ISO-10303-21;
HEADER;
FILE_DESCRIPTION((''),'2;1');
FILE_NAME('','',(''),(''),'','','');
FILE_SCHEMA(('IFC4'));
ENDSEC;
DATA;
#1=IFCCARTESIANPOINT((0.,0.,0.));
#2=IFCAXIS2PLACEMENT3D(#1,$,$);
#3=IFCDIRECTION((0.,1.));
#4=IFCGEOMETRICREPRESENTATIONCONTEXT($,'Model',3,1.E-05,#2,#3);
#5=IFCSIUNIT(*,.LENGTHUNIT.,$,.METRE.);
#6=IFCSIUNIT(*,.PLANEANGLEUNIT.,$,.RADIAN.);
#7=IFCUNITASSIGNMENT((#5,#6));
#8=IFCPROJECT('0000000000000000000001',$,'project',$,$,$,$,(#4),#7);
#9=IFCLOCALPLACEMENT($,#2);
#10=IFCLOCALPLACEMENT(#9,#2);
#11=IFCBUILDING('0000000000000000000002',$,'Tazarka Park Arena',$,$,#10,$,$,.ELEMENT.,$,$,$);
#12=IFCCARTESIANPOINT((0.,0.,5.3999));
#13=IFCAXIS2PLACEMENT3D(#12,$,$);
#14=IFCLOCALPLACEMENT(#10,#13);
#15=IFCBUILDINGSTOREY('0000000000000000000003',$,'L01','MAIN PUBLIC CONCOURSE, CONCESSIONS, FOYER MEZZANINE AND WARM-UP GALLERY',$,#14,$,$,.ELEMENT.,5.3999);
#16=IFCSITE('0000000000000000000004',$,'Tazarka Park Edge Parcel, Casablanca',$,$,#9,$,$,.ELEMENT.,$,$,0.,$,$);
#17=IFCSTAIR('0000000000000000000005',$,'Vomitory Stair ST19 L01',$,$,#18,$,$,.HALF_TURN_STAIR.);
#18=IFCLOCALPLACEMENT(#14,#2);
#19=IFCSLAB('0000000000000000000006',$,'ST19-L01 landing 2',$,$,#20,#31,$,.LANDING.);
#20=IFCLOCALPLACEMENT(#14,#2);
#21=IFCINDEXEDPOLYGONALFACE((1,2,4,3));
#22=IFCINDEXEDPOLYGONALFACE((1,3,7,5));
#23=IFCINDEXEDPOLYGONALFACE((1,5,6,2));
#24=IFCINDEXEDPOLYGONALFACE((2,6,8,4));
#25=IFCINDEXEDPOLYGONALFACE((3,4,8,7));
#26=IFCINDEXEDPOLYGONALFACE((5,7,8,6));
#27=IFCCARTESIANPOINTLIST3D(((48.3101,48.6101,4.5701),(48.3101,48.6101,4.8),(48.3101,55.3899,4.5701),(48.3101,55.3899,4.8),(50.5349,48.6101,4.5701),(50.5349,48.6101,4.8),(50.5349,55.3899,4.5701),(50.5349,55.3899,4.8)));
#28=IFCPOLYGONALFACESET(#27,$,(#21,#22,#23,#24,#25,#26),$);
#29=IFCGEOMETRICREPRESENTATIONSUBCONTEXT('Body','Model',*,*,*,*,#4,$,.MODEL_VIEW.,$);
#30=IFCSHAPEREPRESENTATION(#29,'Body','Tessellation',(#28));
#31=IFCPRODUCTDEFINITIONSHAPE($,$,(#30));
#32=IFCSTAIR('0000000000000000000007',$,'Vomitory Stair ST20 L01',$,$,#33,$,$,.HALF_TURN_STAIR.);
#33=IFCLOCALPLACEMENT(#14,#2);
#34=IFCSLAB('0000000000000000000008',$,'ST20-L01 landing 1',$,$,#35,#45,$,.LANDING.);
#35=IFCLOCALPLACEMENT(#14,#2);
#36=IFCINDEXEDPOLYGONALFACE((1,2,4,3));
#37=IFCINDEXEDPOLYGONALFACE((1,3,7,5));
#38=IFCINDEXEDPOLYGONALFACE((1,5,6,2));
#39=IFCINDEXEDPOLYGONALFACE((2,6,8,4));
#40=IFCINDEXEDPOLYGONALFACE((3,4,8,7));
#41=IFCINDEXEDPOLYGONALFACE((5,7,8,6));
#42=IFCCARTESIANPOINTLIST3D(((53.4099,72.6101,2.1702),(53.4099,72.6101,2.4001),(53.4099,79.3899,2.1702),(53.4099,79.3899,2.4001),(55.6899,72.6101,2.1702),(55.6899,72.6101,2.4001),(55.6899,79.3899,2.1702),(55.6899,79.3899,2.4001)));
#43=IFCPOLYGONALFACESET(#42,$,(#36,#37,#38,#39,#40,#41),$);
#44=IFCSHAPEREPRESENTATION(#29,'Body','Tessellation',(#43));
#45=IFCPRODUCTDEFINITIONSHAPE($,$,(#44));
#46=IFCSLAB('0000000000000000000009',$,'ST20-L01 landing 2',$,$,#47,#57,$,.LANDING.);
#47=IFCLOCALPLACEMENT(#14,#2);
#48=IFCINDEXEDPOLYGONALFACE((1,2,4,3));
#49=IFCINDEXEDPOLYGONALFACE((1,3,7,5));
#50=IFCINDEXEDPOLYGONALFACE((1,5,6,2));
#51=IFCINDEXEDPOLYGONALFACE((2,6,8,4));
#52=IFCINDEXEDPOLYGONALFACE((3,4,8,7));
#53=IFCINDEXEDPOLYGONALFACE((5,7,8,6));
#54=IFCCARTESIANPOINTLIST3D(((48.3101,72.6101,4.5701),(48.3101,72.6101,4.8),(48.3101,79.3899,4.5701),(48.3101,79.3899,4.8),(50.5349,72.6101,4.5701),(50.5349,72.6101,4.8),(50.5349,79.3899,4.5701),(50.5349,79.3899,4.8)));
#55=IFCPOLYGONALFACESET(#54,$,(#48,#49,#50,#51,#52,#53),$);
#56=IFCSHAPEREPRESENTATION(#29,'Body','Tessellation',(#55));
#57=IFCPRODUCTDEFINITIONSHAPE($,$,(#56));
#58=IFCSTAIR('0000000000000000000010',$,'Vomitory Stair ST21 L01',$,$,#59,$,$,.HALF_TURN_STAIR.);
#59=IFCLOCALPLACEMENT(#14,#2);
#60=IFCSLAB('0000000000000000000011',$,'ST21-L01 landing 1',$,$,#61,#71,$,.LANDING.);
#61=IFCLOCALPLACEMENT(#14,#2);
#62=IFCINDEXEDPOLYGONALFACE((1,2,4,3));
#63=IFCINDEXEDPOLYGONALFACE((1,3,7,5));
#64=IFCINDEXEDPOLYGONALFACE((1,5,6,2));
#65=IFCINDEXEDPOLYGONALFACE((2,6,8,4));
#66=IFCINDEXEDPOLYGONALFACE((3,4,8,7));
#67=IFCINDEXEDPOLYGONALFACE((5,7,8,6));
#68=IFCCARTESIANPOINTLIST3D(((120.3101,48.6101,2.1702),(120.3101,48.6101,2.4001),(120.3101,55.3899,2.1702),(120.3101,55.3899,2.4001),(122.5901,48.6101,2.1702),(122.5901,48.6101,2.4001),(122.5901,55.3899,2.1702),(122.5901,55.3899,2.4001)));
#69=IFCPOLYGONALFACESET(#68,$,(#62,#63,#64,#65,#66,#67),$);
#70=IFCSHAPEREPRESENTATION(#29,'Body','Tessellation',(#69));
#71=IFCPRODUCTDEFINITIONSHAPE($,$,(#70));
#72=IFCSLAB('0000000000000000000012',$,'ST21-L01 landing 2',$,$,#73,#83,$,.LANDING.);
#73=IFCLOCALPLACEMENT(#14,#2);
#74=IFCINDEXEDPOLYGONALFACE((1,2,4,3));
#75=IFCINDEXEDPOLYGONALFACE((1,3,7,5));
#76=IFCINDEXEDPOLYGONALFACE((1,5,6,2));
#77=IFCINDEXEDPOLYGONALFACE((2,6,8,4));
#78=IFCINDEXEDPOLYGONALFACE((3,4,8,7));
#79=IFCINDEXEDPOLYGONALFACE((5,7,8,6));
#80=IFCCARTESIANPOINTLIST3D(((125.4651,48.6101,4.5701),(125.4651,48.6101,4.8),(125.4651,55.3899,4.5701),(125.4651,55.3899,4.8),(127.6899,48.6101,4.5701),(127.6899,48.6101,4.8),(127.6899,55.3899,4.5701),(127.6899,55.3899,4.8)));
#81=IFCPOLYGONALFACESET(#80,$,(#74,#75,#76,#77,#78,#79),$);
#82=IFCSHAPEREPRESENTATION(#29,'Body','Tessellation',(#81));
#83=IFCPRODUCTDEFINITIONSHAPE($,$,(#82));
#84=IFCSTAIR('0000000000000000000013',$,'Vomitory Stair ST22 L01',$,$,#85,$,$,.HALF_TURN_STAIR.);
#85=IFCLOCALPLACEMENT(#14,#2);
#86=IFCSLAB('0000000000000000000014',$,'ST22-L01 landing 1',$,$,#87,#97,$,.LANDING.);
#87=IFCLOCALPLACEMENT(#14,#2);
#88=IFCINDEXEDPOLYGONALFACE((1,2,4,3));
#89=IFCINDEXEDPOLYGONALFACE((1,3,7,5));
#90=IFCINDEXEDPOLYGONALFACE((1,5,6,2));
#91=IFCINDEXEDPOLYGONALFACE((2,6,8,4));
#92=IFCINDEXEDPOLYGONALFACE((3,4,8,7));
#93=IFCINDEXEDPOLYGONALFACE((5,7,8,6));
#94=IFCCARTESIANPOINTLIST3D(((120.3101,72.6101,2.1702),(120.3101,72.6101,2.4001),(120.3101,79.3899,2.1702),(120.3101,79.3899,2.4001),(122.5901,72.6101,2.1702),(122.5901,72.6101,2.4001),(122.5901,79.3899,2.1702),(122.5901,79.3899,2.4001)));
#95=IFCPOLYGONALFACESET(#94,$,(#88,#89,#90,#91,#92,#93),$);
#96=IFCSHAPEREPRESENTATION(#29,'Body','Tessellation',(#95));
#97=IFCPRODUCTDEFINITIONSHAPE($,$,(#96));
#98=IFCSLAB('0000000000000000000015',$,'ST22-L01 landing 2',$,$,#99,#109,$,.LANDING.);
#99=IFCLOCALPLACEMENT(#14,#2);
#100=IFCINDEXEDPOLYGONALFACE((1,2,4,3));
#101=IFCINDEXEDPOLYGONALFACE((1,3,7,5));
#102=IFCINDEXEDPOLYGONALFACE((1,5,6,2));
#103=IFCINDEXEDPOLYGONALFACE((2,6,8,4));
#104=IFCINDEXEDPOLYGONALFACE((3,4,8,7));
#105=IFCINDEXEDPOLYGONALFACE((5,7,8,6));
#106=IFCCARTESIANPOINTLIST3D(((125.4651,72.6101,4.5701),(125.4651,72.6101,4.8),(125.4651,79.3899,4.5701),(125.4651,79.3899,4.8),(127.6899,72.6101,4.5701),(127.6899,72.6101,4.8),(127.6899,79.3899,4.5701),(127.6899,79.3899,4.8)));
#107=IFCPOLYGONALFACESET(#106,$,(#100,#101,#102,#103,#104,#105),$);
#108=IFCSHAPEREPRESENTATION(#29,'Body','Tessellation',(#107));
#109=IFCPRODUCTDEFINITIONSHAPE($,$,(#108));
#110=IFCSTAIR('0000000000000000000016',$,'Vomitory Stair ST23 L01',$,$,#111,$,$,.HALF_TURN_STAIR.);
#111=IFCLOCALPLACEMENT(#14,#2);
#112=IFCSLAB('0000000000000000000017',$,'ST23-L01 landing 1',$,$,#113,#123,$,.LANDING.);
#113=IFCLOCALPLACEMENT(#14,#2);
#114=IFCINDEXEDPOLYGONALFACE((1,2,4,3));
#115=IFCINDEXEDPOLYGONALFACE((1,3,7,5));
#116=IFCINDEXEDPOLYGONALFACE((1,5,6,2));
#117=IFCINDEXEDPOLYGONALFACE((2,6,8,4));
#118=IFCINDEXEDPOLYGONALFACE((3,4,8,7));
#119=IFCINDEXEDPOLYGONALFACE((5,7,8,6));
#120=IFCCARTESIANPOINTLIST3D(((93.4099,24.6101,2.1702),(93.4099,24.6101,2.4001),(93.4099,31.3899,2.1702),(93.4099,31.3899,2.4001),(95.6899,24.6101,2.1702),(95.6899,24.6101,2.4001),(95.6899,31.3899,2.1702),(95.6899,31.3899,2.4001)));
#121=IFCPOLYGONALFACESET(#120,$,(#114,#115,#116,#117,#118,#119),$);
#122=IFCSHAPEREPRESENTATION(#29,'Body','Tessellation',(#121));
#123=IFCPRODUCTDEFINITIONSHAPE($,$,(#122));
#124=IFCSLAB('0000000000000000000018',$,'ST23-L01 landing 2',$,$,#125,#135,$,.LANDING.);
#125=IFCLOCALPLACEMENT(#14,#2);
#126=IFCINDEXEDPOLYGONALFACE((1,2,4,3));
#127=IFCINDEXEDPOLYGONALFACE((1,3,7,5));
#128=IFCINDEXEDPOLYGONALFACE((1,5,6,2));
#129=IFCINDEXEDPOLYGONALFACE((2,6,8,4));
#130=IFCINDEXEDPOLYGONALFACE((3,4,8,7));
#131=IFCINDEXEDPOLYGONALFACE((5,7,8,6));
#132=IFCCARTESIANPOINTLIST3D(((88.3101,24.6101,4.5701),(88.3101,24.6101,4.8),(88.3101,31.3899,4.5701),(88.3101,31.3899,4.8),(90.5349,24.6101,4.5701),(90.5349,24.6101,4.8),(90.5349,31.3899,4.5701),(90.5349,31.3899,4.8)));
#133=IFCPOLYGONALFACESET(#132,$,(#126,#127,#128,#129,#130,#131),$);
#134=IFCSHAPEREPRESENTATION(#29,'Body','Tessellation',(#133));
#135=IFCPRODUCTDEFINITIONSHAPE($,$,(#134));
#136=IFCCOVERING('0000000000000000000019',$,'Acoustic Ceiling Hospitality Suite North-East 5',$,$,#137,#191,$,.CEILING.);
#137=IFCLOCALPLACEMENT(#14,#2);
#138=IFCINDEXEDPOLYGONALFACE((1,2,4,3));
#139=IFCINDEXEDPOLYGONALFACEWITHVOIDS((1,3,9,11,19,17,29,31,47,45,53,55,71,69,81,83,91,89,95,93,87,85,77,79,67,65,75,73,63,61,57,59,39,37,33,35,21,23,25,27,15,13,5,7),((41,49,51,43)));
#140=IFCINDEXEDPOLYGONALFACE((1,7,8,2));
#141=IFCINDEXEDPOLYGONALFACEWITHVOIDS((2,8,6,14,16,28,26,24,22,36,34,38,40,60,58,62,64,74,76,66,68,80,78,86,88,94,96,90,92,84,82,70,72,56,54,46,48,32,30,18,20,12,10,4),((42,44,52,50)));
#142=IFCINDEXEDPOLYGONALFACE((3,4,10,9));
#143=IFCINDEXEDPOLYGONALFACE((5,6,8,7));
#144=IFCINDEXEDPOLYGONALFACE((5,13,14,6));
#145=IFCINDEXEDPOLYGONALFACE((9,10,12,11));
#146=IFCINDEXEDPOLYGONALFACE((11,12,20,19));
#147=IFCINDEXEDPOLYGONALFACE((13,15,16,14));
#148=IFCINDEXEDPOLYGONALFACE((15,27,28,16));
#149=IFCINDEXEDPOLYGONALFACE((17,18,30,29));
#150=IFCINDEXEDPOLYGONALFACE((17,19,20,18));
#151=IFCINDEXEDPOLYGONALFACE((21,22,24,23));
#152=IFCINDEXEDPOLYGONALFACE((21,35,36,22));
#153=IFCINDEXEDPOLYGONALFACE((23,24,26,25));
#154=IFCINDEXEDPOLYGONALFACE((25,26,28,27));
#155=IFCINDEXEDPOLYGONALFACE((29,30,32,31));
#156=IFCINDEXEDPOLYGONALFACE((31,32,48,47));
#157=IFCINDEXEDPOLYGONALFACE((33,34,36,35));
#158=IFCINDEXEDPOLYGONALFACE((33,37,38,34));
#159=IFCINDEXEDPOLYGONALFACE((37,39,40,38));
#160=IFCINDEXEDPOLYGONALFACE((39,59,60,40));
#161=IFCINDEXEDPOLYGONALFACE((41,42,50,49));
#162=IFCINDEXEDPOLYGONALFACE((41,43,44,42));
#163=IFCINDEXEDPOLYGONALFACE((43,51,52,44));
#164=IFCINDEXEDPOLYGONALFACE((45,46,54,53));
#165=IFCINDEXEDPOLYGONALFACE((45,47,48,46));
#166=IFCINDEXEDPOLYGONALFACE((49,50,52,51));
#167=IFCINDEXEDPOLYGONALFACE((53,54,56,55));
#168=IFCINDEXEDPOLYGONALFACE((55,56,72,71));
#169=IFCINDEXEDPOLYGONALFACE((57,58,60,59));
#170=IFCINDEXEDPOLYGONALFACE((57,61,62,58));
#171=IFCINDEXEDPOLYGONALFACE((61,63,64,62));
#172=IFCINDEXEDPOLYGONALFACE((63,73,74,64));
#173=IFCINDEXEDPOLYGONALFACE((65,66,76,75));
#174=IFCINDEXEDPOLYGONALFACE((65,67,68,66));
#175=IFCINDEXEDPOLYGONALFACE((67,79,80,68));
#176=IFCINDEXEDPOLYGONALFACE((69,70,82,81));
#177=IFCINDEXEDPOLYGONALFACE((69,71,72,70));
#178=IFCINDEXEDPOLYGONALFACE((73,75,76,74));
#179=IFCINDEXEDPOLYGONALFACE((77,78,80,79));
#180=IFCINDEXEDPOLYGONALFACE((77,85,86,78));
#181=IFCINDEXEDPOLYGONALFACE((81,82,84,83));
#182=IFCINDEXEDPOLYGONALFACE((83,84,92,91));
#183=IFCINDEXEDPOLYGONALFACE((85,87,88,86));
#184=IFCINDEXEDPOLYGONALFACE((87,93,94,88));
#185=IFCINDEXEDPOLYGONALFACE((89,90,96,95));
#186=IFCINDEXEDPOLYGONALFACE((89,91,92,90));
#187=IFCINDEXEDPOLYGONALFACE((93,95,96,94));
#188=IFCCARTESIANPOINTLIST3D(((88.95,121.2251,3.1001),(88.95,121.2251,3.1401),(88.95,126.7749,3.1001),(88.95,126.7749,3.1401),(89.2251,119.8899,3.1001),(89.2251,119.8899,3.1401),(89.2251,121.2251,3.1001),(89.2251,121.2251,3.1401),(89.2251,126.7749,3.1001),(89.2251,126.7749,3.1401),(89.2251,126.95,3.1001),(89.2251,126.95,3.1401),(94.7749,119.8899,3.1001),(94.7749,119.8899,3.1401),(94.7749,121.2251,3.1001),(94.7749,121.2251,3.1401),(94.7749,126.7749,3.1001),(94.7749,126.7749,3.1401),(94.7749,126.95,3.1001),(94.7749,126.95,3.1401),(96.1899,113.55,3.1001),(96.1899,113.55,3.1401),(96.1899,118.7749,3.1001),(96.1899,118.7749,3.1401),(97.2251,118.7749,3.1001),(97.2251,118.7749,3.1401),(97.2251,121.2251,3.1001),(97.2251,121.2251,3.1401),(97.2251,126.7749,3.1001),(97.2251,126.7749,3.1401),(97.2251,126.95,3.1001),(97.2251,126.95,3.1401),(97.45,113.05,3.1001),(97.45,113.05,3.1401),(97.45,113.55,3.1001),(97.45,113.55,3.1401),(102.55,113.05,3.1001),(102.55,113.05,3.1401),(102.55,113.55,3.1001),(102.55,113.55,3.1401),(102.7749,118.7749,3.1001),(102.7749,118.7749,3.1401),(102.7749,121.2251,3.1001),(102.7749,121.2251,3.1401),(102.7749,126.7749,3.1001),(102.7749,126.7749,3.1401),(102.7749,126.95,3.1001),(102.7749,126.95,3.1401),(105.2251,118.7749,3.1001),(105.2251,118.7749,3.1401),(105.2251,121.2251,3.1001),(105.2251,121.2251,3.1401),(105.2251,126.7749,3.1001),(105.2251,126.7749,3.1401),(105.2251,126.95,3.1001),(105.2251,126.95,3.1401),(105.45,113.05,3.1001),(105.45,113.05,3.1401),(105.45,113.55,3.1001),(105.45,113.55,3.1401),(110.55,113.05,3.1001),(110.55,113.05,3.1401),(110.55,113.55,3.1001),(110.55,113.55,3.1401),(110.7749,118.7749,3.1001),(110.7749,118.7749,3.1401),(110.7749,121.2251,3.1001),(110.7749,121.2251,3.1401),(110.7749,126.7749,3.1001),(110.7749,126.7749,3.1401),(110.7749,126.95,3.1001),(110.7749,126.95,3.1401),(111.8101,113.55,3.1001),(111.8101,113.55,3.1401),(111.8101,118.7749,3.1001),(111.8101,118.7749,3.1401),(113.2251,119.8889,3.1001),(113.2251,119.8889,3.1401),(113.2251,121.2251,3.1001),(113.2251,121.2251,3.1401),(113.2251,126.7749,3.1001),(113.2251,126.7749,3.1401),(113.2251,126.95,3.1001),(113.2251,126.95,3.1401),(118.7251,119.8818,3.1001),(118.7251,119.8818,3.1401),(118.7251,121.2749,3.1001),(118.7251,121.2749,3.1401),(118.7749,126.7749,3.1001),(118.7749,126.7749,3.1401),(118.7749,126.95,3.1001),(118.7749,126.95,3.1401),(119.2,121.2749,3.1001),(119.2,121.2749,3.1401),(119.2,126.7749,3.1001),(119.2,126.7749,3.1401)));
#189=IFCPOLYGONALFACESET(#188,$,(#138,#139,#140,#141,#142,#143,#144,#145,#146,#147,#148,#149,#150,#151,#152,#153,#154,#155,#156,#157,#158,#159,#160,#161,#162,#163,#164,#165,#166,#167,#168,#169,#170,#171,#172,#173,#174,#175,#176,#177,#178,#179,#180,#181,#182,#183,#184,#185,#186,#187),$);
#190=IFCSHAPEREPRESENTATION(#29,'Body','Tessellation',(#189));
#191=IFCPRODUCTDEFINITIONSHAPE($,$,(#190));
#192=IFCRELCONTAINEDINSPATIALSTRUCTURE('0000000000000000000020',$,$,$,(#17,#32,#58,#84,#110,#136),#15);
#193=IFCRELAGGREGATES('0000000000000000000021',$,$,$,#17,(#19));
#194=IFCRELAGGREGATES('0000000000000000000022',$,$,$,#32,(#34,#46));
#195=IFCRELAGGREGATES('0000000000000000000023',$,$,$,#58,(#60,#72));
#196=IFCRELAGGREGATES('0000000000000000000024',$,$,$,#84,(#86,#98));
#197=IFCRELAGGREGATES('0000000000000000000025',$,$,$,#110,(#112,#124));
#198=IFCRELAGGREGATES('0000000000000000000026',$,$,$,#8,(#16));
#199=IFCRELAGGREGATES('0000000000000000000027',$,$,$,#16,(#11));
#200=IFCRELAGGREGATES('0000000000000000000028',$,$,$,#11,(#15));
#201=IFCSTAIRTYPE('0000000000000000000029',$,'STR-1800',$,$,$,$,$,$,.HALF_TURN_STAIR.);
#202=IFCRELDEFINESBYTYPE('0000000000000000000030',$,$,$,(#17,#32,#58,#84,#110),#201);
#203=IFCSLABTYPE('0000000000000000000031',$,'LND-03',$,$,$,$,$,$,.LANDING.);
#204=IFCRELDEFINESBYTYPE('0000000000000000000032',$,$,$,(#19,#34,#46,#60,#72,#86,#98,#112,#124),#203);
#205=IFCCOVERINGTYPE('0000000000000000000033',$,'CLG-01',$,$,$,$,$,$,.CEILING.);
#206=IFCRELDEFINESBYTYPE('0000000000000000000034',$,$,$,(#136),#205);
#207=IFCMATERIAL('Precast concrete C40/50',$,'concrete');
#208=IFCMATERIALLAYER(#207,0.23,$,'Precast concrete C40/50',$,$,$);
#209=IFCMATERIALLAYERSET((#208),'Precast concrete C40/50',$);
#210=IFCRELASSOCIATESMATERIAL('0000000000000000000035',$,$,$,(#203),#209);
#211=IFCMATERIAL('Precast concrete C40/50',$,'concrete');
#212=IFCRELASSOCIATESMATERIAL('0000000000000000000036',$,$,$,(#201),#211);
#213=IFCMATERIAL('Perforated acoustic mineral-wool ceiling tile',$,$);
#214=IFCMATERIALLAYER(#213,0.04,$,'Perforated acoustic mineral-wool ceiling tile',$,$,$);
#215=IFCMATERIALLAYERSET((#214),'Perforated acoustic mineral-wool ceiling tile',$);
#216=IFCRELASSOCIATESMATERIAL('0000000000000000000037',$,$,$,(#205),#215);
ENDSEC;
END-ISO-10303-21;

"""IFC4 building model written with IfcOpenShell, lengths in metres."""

from ifc_helpers import new_model, si_unit, direction, frame, origin, place, context, subcontext, project, spatial, polyline, outline, extrude, material, layer, layer_set, type_object, element, aggregate, save


model = new_model("IFC4")

# Units and contexts
model_context = context("Model", 3, precision=1e-05, world=origin(), true_north=direction((0.0, 1.0)))
body_context = subcontext(model_context, "Body", "Model", "MODEL_VIEW")
ifc_project = project(units=[si_unit("LENGTHUNIT", "METRE"), si_unit("PLANEANGLEUNIT", "RADIAN")], contexts=[model_context])

# Site, building, storey
site_placement = place(None, origin())
site = spatial("IfcSite", under=ifc_project, at=site_placement, Name="Tazarka Park Edge Parcel, Casablanca", CompositionType="ELEMENT", RefElevation=0.0)
building_placement = place(site_placement, origin())
building = spatial("IfcBuilding", under=site, at=building_placement, Name="Tazarka Park Arena", CompositionType="ELEMENT")
storey_placement = place(building_placement, frame((0.0, 0.0, 5.3999)))
storey = spatial("IfcBuildingStorey", under=building, at=storey_placement, Name="L01", Description="MAIN PUBLIC CONCOURSE, CONCESSIONS, FOYER MEZZANINE AND WARM-UP GALLERY", CompositionType="ELEMENT", Elevation=5.3999)

# Shared definitions
ifc_material_1 = material(Name="Precast concrete C40/50", Category="concrete")
ifc_layer_1 = layer(ifc_material_1, 0.23, Name="Precast concrete C40/50")
ifc_layer_set_1 = layer_set([ifc_layer_1], Name="Precast concrete C40/50")
slab_type = type_object("IfcSlabType", Name="LND-03", PredefinedType="LANDING", material=ifc_layer_set_1)

# Stairs, slabs
ifc_material_2 = material(Name="Precast concrete C40/50", Category="concrete")
stair_type_1 = type_object("IfcStairType", Name="STR-1800", PredefinedType="HALF_TURN_STAIR", material=ifc_material_2)
stair_1_placement = place(storey_placement, origin())
stair_1 = element("IfcStair", 1, at=stair_1_placement, inside=storey, type_object=stair_type_1, Name="Vomitory Stair ST19 L01", PredefinedType="HALF_TURN_STAIR")
slab_1_placement = place(storey_placement, frame((0.0, 0.0, 4.5701)))
slab_1 = element("IfcSlab", 2, at=slab_1_placement, type_object=slab_type, Name="ST19-L01 landing 2", PredefinedType="LANDING", context=body_context, shape_type="SweptSolid", body=[
    extrude(outline(polyline([(48.3101, 48.6101), (50.5349, 48.6101), (50.5349, 55.3899), (48.3101, 55.3899), (48.3101, 48.6101)])), origin(), (0.0, 0.0, 1.0), 0.23),
])
aggregate(stair_1, [slab_1])
stair_2_placement = place(storey_placement, origin())
stair_2 = element("IfcStair", 3, at=stair_2_placement, inside=storey, type_object=stair_type_1, Name="Vomitory Stair ST20 L01", PredefinedType="HALF_TURN_STAIR")
slab_2_placement = place(storey_placement, frame((0.0, 0.0, 2.1702)))
slab_2 = element("IfcSlab", 4, at=slab_2_placement, type_object=slab_type, Name="ST20-L01 landing 1", PredefinedType="LANDING", context=body_context, shape_type="SweptSolid", body=[
    extrude(outline(polyline([(53.4099, 72.6101), (55.6899, 72.6101), (55.6899, 79.3899), (53.4099, 79.3899), (53.4099, 72.6101)])), origin(), (0.0, 0.0, 1.0), 0.23),
])
slab_3_placement = place(storey_placement, frame((0.0, 0.0, 4.5701)))
slab_3 = element("IfcSlab", 5, at=slab_3_placement, type_object=slab_type, Name="ST20-L01 landing 2", PredefinedType="LANDING", context=body_context, shape_type="SweptSolid", body=[
    extrude(outline(polyline([(48.3101, 72.6101), (50.5349, 72.6101), (50.5349, 79.3899), (48.3101, 79.3899), (48.3101, 72.6101)])), origin(), (0.0, 0.0, 1.0), 0.23),
])
aggregate(stair_2, [slab_2, slab_3])
stair_3_placement = place(storey_placement, origin())
stair_3 = element("IfcStair", 6, at=stair_3_placement, inside=storey, type_object=stair_type_1, Name="Vomitory Stair ST21 L01", PredefinedType="HALF_TURN_STAIR")
slab_4_placement = place(storey_placement, frame((0.0, 0.0, 2.1702)))
slab_4 = element("IfcSlab", 7, at=slab_4_placement, type_object=slab_type, Name="ST21-L01 landing 1", PredefinedType="LANDING", context=body_context, shape_type="SweptSolid", body=[
    extrude(outline(polyline([(120.3101, 48.6101), (122.5901, 48.6101), (122.5901, 55.3899), (120.3101, 55.3899), (120.3101, 48.6101)])), origin(), (0.0, 0.0, 1.0), 0.23),
])
slab_5_placement = place(storey_placement, frame((0.0, 0.0, 4.5701)))
slab_5 = element("IfcSlab", 8, at=slab_5_placement, type_object=slab_type, Name="ST21-L01 landing 2", PredefinedType="LANDING", context=body_context, shape_type="SweptSolid", body=[
    extrude(outline(polyline([(125.4651, 48.6101), (127.6899, 48.6101), (127.6899, 55.3899), (125.4651, 55.3899), (125.4651, 48.6101)])), origin(), (0.0, 0.0, 1.0), 0.23),
])
aggregate(stair_3, [slab_4, slab_5])
stair_4_placement = place(storey_placement, origin())
stair_4 = element("IfcStair", 9, at=stair_4_placement, inside=storey, type_object=stair_type_1, Name="Vomitory Stair ST22 L01", PredefinedType="HALF_TURN_STAIR")
slab_6_placement = place(storey_placement, frame((0.0, 0.0, 2.1702)))
slab_6 = element("IfcSlab", 10, at=slab_6_placement, type_object=slab_type, Name="ST22-L01 landing 1", PredefinedType="LANDING", context=body_context, shape_type="SweptSolid", body=[
    extrude(outline(polyline([(120.3101, 72.6101), (122.5901, 72.6101), (122.5901, 79.3899), (120.3101, 79.3899), (120.3101, 72.6101)])), origin(), (0.0, 0.0, 1.0), 0.23),
])
slab_7_placement = place(storey_placement, frame((0.0, 0.0, 4.5701)))
slab_7 = element("IfcSlab", 11, at=slab_7_placement, type_object=slab_type, Name="ST22-L01 landing 2", PredefinedType="LANDING", context=body_context, shape_type="SweptSolid", body=[
    extrude(outline(polyline([(125.4651, 72.6101), (127.6899, 72.6101), (127.6899, 79.3899), (125.4651, 79.3899), (125.4651, 72.6101)])), origin(), (0.0, 0.0, 1.0), 0.23),
])
aggregate(stair_4, [slab_6, slab_7])
stair_5_placement = place(storey_placement, origin())
stair_5 = element("IfcStair", 12, at=stair_5_placement, inside=storey, type_object=stair_type_1, Name="Vomitory Stair ST23 L01", PredefinedType="HALF_TURN_STAIR")
slab_8_placement = place(storey_placement, frame((0.0, 0.0, 2.1702)))
slab_8 = element("IfcSlab", 13, at=slab_8_placement, type_object=slab_type, Name="ST23-L01 landing 1", PredefinedType="LANDING", context=body_context, shape_type="SweptSolid", body=[
    extrude(outline(polyline([(93.4099, 24.6101), (95.6899, 24.6101), (95.6899, 31.3899), (93.4099, 31.3899), (93.4099, 24.6101)])), origin(), (0.0, 0.0, 1.0), 0.23),
])
slab_9_placement = place(storey_placement, frame((0.0, 0.0, 4.5701)))
slab_9 = element("IfcSlab", 14, at=slab_9_placement, type_object=slab_type, Name="ST23-L01 landing 2", PredefinedType="LANDING", context=body_context, shape_type="SweptSolid", body=[
    extrude(outline(polyline([(88.3101, 24.6101), (90.5349, 24.6101), (90.5349, 31.3899), (88.3101, 31.3899), (88.3101, 24.6101)])), origin(), (0.0, 0.0, 1.0), 0.23),
])
aggregate(stair_5, [slab_8, slab_9])

# Covering
ifc_material_3 = material(Name="Perforated acoustic mineral-wool ceiling tile")
ifc_layer_2 = layer(ifc_material_3, 0.04, Name="Perforated acoustic mineral-wool ceiling tile")
ifc_layer_set_2 = layer_set([ifc_layer_2], Name="Perforated acoustic mineral-wool ceiling tile")
covering_type_1 = type_object("IfcCoveringType", Name="CLG-01", PredefinedType="CEILING", material=ifc_layer_set_2)
covering_1_placement = place(storey_placement, frame((0.0, 0.0, 3.1001)))
element("IfcCovering", 15, at=covering_1_placement, inside=storey, type_object=covering_type_1, Name="Acoustic Ceiling Hospitality Suite North-East 5", PredefinedType="CEILING", context=body_context, shape_type="SweptSolid", body=[
    extrude(outline(polyline([(94.7749, 126.95), (94.7749, 126.7749), (97.2251, 126.7749), (97.2251, 126.95), (102.7749, 126.95), (102.7749, 126.7749), (105.2251, 126.7749), (105.2251, 126.95), (110.7749, 126.95), (110.7749, 126.7749), (113.2251, 126.7749), (113.2251, 126.95), (118.7749, 126.95), (118.7749, 126.7749), (119.2, 126.7749), (119.2, 121.2749), (118.7251, 121.2749), (118.7251, 119.8818), (113.2251, 119.8889), (113.2251, 121.2251), (110.7749, 121.2251), (110.7749, 118.7749), (111.8101, 118.7749), (111.8101, 113.55), (110.55, 113.55), (110.55, 113.05), (105.45, 113.05), (105.45, 113.55), (102.55, 113.55), (102.55, 113.05), (97.45, 113.05), (97.45, 113.55), (96.1899, 113.55), (96.1899, 118.7749), (97.2251, 118.7749), (97.2251, 121.2251), (94.7749, 121.2251), (94.7749, 119.8899), (89.2251, 119.8899), (89.2251, 121.2251), (88.95, 121.2251), (88.95, 126.7749), (89.2251, 126.7749), (89.2251, 126.95), (94.7749, 126.95)]), holes=[polyline([(105.2251, 121.2251), (102.7749, 121.2251), (102.7749, 118.7749), (105.2251, 118.7749), (105.2251, 121.2251)])]), origin(), (0.0, 0.0, 1.0), 0.04),
])

save(model, "model.ifc")
